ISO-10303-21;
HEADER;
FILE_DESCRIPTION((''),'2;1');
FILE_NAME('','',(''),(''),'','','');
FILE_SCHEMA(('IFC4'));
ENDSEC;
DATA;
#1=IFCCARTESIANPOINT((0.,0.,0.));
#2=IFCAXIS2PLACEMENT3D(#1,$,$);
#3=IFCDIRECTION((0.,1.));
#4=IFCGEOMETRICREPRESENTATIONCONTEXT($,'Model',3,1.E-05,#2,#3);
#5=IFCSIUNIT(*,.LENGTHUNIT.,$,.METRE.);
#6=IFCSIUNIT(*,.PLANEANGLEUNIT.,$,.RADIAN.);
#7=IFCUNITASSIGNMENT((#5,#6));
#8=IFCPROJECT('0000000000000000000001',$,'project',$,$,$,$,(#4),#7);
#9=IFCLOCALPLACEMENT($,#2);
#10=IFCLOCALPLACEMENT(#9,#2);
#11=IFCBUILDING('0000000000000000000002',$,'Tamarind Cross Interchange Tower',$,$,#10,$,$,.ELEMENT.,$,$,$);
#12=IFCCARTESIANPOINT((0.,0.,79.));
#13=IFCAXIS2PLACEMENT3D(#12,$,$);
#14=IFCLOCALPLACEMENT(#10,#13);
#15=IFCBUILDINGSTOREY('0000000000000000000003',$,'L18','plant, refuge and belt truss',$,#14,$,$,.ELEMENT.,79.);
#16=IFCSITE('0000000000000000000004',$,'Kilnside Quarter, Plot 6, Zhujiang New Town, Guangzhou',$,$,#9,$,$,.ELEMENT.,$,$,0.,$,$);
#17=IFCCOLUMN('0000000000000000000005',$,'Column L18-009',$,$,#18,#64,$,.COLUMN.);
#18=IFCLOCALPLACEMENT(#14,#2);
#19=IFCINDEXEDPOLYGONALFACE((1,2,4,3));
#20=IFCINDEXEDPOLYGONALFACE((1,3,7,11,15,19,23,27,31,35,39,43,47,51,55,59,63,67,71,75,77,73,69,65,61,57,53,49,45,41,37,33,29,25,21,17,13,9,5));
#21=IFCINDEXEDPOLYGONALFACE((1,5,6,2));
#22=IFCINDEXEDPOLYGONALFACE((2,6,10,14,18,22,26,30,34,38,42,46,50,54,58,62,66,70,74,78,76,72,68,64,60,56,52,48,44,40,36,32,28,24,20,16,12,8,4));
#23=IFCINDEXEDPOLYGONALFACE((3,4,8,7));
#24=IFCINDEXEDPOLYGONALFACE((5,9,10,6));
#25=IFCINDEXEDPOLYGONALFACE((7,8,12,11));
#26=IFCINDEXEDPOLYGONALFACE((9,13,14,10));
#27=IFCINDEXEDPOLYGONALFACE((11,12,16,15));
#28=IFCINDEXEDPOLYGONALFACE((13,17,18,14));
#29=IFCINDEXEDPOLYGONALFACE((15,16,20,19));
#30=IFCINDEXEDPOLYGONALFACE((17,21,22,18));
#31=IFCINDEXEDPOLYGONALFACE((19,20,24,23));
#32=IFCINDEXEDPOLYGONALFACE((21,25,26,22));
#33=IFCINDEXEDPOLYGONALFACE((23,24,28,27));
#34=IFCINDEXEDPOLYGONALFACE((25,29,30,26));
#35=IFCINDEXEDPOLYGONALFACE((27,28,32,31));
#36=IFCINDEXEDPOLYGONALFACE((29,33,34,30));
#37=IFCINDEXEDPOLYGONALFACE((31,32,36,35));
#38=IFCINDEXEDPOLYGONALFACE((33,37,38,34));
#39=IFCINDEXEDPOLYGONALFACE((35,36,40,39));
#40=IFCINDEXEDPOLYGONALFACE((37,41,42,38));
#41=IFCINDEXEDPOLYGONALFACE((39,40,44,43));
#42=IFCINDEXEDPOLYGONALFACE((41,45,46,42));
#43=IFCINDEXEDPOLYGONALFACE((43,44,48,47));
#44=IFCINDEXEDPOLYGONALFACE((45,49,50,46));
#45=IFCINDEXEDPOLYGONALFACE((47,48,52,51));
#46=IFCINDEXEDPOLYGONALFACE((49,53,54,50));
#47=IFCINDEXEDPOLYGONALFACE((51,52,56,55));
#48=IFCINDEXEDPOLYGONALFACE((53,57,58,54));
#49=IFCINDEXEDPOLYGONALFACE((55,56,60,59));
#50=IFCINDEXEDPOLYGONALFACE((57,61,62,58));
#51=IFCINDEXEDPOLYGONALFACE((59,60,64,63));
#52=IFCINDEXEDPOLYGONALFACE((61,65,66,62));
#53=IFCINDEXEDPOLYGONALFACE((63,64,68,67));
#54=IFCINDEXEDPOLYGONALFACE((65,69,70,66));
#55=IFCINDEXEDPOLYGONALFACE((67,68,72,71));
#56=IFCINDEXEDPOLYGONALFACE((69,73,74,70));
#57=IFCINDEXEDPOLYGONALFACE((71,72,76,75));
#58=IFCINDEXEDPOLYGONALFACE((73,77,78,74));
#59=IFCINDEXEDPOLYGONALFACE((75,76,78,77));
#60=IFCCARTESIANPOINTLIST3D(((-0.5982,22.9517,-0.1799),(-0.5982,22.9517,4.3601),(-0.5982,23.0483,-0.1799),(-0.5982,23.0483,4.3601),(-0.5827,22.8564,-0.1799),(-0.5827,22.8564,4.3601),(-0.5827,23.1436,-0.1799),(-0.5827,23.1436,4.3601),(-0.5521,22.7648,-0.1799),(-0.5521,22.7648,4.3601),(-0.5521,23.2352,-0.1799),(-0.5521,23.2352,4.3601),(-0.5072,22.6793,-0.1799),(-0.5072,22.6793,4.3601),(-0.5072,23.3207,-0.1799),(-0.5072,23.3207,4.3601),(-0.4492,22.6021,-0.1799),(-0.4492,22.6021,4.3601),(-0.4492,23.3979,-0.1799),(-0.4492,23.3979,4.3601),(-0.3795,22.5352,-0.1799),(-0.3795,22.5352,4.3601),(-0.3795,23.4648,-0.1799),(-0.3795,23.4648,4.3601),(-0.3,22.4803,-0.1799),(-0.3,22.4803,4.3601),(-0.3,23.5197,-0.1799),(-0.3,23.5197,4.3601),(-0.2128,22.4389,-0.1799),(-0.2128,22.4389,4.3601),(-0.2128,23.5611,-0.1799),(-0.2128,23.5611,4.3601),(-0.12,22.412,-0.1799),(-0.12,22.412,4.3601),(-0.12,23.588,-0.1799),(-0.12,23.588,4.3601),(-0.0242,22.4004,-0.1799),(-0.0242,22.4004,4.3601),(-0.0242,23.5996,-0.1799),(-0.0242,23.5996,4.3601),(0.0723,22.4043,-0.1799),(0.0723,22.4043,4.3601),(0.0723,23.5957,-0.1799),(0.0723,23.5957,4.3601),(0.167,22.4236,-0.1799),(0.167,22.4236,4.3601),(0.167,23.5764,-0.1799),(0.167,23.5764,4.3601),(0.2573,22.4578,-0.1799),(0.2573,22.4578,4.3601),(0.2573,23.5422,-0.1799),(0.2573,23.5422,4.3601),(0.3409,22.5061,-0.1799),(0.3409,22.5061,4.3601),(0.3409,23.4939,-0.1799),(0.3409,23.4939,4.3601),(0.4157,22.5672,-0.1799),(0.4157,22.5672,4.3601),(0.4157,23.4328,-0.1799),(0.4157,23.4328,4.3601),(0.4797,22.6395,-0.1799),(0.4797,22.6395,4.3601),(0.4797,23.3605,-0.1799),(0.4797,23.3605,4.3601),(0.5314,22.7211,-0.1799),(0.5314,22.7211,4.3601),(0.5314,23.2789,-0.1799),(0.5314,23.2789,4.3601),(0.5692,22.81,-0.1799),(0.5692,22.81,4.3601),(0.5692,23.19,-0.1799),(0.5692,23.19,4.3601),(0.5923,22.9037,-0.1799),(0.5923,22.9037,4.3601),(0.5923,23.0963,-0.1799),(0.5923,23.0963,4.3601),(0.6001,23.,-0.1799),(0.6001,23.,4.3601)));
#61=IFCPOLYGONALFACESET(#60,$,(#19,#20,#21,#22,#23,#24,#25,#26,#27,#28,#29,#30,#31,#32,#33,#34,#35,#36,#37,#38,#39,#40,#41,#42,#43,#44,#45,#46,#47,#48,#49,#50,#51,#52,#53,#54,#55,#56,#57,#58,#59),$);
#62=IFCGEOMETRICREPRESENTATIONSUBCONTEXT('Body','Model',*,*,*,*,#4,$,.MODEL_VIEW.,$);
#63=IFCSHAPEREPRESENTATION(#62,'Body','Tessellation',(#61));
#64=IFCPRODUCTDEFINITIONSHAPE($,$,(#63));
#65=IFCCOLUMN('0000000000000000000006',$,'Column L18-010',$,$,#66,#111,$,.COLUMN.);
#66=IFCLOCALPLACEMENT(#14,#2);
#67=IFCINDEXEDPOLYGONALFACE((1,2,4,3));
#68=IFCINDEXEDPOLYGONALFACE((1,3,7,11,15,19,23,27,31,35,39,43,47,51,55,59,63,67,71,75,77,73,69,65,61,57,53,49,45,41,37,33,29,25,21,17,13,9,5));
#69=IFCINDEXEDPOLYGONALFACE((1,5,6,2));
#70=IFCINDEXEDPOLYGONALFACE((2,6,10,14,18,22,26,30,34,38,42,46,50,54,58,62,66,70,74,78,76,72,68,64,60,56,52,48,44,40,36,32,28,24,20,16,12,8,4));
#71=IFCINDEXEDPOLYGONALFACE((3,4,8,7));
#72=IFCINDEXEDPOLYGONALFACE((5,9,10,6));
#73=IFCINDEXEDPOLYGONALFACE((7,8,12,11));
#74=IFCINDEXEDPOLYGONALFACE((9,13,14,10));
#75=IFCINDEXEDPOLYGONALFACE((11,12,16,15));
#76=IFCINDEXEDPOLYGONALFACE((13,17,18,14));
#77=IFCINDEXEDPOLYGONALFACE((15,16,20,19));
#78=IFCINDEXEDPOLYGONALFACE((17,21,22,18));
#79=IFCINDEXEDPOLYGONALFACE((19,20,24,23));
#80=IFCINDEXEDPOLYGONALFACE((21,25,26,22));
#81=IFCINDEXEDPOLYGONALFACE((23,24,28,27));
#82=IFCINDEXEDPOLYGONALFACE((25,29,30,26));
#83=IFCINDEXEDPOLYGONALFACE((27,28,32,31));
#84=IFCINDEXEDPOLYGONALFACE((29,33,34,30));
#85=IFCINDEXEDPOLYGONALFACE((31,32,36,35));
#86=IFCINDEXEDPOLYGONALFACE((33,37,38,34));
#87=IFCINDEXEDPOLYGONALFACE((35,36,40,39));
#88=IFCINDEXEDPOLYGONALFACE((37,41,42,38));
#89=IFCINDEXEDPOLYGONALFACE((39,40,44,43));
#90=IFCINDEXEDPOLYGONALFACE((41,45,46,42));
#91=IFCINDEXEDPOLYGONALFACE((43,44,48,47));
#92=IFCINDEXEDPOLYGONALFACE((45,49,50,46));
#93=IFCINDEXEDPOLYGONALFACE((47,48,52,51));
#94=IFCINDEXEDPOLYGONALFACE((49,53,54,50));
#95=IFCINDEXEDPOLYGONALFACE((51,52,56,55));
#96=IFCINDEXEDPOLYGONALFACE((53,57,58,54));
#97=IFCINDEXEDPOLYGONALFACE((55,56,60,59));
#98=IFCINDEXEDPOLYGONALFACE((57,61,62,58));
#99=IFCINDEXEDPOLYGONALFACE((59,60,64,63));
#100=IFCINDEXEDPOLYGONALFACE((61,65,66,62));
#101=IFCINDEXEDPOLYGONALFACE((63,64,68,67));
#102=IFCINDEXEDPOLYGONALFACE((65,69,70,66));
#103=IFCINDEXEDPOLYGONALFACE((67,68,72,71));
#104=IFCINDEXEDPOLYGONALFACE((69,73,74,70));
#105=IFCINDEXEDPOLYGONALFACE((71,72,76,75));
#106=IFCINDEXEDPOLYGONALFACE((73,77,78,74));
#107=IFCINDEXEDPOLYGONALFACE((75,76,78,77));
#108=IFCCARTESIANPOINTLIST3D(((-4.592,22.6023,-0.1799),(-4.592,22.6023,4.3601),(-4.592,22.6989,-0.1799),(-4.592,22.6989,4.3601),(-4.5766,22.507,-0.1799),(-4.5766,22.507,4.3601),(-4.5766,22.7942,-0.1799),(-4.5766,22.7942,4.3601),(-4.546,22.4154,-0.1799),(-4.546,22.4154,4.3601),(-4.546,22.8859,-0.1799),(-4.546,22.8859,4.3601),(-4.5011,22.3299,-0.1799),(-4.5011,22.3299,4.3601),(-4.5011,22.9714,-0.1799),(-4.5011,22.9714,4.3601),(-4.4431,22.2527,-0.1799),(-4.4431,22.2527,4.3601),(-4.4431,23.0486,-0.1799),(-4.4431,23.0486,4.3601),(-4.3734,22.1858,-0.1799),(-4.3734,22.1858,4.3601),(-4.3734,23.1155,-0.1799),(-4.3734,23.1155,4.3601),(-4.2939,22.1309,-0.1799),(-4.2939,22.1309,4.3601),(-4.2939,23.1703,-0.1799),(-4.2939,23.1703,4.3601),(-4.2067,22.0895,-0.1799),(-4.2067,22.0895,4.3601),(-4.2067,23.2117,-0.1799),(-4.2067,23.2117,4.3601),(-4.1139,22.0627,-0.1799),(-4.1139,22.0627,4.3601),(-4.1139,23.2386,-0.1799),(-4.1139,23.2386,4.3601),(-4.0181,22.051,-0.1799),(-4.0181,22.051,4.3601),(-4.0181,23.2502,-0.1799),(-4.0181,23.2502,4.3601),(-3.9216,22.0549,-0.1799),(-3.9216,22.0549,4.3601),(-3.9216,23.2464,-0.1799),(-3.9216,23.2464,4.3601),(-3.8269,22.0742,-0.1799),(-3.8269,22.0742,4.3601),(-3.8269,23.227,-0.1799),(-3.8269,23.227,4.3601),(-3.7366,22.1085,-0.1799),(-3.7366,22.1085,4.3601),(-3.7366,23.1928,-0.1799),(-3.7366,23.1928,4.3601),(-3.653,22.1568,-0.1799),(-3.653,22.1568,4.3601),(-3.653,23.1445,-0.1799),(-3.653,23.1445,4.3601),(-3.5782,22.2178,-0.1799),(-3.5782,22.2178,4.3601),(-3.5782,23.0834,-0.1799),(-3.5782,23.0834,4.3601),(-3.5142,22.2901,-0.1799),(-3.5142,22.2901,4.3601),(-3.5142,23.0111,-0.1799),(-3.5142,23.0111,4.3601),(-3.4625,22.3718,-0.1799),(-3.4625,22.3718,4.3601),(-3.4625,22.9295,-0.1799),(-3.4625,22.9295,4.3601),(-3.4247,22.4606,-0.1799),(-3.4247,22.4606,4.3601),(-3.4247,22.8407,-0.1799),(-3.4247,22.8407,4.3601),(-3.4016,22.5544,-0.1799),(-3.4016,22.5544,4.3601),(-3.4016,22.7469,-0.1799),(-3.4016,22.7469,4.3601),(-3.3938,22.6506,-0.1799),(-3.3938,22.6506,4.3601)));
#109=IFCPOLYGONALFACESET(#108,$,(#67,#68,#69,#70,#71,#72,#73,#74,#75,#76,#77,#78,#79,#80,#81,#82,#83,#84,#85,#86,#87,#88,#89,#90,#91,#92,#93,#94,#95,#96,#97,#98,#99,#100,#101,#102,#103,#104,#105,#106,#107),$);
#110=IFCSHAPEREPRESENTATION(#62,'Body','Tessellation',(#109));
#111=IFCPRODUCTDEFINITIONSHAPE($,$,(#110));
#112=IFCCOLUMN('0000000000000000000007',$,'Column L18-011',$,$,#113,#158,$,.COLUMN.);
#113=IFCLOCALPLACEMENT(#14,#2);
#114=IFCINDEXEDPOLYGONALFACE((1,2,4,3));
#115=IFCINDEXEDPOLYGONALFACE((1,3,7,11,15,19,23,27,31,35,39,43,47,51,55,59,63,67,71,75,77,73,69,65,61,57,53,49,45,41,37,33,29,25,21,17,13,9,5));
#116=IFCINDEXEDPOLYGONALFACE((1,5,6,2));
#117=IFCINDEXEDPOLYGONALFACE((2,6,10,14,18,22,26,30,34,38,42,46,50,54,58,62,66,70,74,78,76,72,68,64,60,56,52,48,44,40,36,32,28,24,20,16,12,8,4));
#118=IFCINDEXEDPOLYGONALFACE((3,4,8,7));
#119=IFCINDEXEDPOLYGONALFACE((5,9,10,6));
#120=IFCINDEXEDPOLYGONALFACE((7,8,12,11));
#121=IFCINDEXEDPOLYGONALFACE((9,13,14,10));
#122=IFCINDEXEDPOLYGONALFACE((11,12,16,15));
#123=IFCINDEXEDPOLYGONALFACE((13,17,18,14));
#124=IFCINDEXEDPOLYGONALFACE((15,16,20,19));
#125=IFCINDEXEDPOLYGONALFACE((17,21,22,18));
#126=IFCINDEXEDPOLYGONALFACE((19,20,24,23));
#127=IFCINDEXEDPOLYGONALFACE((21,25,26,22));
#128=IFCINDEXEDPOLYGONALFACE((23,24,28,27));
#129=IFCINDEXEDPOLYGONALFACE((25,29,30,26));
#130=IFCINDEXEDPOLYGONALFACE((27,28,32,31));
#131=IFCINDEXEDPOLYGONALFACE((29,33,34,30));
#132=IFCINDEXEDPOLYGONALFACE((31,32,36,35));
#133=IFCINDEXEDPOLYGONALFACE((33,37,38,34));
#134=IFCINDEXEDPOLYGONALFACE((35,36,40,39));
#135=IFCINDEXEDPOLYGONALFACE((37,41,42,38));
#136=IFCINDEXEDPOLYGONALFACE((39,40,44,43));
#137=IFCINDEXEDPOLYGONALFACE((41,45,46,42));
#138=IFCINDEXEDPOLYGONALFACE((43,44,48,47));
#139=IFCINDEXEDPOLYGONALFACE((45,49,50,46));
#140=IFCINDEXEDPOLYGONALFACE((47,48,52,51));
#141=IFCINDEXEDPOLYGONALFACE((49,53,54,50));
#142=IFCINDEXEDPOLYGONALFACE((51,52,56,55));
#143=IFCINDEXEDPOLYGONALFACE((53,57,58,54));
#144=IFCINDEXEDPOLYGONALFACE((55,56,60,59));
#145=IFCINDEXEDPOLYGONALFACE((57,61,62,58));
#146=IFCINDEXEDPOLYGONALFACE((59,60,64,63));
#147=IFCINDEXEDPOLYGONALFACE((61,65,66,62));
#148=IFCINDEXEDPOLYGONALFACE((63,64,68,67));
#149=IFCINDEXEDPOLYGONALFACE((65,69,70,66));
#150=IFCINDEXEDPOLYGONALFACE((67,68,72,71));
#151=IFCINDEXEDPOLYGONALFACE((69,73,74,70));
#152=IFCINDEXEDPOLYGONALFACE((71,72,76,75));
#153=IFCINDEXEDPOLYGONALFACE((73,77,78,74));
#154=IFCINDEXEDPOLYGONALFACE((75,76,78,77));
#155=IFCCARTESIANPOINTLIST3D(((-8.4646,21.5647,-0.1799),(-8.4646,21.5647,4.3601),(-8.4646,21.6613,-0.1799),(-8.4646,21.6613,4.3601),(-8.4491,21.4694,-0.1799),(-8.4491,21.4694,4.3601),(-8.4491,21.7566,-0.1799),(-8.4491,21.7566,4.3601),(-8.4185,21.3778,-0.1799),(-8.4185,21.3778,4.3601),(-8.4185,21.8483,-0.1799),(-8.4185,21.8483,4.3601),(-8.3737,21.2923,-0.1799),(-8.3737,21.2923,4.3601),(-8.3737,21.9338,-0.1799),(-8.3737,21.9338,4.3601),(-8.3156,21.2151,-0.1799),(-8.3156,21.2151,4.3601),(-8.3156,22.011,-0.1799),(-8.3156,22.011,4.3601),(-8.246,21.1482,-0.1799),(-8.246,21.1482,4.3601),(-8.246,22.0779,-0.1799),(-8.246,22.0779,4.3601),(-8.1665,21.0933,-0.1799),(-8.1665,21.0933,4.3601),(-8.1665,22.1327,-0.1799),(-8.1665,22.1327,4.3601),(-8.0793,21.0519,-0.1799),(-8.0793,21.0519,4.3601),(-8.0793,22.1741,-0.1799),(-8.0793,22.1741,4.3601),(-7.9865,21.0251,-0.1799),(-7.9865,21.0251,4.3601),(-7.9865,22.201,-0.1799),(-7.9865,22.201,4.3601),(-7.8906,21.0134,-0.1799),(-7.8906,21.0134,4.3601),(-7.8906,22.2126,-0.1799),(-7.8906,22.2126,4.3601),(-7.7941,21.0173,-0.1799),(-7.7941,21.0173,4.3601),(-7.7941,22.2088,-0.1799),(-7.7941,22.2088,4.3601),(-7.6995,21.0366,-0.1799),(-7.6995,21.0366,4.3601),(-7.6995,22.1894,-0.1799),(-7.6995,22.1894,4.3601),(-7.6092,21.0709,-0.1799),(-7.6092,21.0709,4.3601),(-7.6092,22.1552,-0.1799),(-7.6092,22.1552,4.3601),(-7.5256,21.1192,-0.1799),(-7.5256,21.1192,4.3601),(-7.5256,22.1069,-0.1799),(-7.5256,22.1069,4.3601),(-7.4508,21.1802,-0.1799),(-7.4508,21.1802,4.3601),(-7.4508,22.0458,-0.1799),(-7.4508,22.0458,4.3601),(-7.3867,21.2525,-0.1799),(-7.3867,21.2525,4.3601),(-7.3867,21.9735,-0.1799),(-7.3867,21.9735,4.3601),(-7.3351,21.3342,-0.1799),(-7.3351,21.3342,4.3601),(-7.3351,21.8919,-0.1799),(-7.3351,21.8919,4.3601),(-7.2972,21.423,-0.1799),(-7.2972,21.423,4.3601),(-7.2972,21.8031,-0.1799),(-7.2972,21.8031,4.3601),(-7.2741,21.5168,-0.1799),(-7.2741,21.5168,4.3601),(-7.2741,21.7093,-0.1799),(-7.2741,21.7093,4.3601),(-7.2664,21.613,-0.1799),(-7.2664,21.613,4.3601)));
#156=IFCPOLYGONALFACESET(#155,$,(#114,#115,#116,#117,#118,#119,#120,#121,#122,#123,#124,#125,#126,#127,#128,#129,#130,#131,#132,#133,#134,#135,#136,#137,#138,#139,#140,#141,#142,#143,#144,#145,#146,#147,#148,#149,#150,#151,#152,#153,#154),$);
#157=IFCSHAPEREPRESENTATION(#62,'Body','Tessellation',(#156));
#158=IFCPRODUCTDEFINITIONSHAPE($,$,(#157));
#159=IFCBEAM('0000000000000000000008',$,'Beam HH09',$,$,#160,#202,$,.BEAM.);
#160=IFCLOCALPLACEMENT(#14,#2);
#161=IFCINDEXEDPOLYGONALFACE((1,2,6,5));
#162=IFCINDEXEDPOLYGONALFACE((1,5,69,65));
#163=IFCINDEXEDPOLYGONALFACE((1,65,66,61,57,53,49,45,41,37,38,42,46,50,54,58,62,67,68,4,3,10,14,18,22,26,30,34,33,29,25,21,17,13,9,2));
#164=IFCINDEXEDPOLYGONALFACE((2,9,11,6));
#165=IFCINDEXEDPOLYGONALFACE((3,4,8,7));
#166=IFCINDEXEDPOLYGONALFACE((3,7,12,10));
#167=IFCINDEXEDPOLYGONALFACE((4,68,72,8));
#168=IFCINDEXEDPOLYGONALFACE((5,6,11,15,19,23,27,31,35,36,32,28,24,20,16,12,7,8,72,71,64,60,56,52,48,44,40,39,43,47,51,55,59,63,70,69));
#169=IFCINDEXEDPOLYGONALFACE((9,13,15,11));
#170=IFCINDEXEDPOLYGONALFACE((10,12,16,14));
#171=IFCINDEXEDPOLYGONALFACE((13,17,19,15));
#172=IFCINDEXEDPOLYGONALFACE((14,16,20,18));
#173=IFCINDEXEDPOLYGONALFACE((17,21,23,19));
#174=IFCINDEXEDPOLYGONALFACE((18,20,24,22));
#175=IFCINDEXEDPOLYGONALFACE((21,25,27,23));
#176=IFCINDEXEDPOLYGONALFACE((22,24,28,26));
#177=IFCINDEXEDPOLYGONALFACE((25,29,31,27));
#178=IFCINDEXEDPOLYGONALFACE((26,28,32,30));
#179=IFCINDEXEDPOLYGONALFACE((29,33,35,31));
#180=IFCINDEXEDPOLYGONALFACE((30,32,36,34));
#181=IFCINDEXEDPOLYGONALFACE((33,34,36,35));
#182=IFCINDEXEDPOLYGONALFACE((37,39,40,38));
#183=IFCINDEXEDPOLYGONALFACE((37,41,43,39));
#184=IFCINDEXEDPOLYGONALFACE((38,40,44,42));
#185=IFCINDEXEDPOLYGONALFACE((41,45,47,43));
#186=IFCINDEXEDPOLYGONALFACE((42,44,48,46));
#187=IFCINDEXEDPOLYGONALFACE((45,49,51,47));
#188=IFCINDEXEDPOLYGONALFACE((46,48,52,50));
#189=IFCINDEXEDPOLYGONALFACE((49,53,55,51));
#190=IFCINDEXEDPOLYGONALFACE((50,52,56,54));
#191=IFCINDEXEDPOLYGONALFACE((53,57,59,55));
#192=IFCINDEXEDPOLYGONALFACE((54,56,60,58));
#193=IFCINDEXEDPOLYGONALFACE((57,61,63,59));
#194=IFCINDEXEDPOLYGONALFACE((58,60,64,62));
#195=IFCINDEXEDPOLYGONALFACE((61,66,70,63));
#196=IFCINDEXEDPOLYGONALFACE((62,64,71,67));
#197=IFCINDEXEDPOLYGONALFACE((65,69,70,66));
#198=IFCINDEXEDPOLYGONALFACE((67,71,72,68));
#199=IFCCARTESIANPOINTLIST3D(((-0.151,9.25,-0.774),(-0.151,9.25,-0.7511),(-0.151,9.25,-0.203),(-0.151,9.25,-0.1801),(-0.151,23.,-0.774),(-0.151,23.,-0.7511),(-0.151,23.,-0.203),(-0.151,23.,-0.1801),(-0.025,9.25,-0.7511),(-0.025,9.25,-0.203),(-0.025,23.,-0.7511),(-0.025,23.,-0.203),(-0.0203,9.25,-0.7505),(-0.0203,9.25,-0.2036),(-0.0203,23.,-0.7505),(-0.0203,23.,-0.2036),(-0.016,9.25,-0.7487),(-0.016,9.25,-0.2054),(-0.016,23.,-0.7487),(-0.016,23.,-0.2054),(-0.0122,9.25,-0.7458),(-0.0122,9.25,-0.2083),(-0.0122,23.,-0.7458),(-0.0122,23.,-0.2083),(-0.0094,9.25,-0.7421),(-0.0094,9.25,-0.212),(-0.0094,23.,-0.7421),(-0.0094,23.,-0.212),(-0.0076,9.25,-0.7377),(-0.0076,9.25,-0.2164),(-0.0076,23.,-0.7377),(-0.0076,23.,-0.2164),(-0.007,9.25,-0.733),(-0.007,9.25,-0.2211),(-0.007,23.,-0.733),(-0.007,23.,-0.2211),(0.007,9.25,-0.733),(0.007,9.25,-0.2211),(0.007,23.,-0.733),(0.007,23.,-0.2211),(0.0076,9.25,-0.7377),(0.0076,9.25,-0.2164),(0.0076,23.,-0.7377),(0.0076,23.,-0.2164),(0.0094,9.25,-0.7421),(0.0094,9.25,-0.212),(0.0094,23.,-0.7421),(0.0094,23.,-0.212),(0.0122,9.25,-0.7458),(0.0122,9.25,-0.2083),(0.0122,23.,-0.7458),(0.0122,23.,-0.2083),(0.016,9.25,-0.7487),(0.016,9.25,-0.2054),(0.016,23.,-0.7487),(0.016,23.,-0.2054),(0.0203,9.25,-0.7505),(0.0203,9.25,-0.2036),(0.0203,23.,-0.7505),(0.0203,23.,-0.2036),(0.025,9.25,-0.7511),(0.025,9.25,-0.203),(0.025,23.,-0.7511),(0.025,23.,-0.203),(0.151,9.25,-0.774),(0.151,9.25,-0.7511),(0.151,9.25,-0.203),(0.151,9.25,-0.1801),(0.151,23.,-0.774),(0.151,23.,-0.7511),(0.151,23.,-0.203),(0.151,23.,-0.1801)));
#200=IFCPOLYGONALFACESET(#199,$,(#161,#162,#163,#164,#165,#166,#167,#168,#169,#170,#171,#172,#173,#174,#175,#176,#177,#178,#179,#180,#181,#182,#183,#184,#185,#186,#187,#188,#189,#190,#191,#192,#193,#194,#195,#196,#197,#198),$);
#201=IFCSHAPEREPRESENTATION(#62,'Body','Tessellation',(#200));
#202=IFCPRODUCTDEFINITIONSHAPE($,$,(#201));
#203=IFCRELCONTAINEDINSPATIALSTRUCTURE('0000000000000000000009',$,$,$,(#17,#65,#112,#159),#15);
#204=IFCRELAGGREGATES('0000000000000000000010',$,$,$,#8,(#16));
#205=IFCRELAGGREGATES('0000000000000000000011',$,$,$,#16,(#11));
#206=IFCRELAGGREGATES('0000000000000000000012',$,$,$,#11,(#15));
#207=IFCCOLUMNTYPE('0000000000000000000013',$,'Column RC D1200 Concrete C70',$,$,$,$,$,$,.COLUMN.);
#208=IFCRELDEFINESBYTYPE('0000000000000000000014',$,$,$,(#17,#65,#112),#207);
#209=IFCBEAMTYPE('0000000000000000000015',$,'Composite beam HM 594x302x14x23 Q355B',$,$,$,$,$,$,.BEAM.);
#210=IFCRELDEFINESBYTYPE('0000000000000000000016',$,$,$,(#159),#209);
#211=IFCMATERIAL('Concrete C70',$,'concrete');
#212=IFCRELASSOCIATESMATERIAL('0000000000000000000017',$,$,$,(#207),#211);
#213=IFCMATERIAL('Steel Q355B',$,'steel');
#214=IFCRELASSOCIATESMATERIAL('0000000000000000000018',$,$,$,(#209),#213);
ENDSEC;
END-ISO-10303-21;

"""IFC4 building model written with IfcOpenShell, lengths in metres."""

from ifc_helpers import new_model, si_unit, direction, frame, origin, origin_2d, place, context, subcontext, project, spatial, circle, i_section, extrude, material, material_profile, profile_set, type_object, element, save


model = new_model("IFC4")

# Units and contexts
model_context = context("Model", 3, precision=1e-05, world=origin(), true_north=direction((0.0, 1.0)))
body_context = subcontext(model_context, "Body", "Model", "MODEL_VIEW")
ifc_project = project(units=[si_unit("LENGTHUNIT", "METRE"), si_unit("PLANEANGLEUNIT", "RADIAN")], contexts=[model_context])

# Site, building, storey
site_placement = place(None, origin())
site = spatial("IfcSite", under=ifc_project, at=site_placement, Name="Kilnside Quarter, Plot 6, Zhujiang New Town, Guangzhou", CompositionType="ELEMENT", RefElevation=0.0)
building_placement = place(site_placement, origin())
building = spatial("IfcBuilding", under=site, at=building_placement, Name="Tamarind Cross Interchange Tower", CompositionType="ELEMENT")
storey_placement = place(building_placement, frame((0.0, 0.0, 79.0)))
storey = spatial("IfcBuildingStorey", under=building, at=storey_placement, Name="L18", Description="plant, refuge and belt truss", CompositionType="ELEMENT", Elevation=79.0)

# Columns
ifc_material_1 = material(Name="Concrete C70", Category="concrete")
ifc_material_profile_1 = material_profile(ifc_material_1, circle(Radius=0.6001, at=origin_2d()), Name="RC D1200")
ifc_profile_set_1 = profile_set([ifc_material_profile_1], Name="Concrete C70")
column_type = type_object("IfcColumnType", Name="Column RC D1200 Concrete C70", PredefinedType="COLUMN", material=ifc_profile_set_1)
for number, where, z_axis, x_axis, name in (
    (1, (0.0, 23.0, -0.1799), (0.0, 0.0, 1.0), (1.0, 0.0, 0.0), "Column L18-009"),
    (2, (-3.9939, 22.6506, -0.1799), (0.0, 0.0, 1.0), (1.0, 0.0, 0.0), "Column L18-010"),
    (3, (-7.8665, 21.613, -0.1799), (0.0, 0.0, 1.0), (1.0, 0.0, 0.0), "Column L18-011"),
):
    element("IfcColumn", number, at=place(storey_placement, frame(where, z_axis=z_axis, x_axis=x_axis)), inside=storey, type_object=column_type, Name=name, PredefinedType="COLUMN", context=body_context, shape_type="SweptSolid", body=[
        extrude(circle(Radius=0.6001, at=origin_2d()), origin(), (0.0, 0.0, 1.0), 4.54),
    ])

# Beam
ifc_material_2 = material(Name="Steel Q355B", Category="steel")
ifc_material_profile_2 = material_profile(ifc_material_2, i_section(OverallWidth=0.302, OverallDepth=0.594, WebThickness=0.0139, FlangeThickness=0.0229, FilletRadius=0.0181, at=origin_2d()), Name="HM 594x302x14x23")
ifc_profile_set_2 = profile_set([ifc_material_profile_2], Name="Steel Q355B")
beam_type = type_object("IfcBeamType", Name="Composite beam HM 594x302x14x23 Q355B", PredefinedType="BEAM", material=ifc_profile_set_2)
beam_1_placement = place(storey_placement, frame((0.0, 23.0, -0.4771), z_axis=(0.0, -1.0, 0.0), x_axis=(1.0, 0.0, 0.0)))
element("IfcBeam", 4, at=beam_1_placement, inside=storey, type_object=beam_type, Name="Beam HH09", PredefinedType="BEAM", context=body_context, shape_type="SweptSolid", body=[
    extrude(i_section(OverallWidth=0.302, OverallDepth=0.594, WebThickness=0.0139, FlangeThickness=0.0229, FilletRadius=0.0181, at=origin_2d()), origin(), (0.0, 0.0, 1.0), 13.75),
])

save(model, "model.ifc")
